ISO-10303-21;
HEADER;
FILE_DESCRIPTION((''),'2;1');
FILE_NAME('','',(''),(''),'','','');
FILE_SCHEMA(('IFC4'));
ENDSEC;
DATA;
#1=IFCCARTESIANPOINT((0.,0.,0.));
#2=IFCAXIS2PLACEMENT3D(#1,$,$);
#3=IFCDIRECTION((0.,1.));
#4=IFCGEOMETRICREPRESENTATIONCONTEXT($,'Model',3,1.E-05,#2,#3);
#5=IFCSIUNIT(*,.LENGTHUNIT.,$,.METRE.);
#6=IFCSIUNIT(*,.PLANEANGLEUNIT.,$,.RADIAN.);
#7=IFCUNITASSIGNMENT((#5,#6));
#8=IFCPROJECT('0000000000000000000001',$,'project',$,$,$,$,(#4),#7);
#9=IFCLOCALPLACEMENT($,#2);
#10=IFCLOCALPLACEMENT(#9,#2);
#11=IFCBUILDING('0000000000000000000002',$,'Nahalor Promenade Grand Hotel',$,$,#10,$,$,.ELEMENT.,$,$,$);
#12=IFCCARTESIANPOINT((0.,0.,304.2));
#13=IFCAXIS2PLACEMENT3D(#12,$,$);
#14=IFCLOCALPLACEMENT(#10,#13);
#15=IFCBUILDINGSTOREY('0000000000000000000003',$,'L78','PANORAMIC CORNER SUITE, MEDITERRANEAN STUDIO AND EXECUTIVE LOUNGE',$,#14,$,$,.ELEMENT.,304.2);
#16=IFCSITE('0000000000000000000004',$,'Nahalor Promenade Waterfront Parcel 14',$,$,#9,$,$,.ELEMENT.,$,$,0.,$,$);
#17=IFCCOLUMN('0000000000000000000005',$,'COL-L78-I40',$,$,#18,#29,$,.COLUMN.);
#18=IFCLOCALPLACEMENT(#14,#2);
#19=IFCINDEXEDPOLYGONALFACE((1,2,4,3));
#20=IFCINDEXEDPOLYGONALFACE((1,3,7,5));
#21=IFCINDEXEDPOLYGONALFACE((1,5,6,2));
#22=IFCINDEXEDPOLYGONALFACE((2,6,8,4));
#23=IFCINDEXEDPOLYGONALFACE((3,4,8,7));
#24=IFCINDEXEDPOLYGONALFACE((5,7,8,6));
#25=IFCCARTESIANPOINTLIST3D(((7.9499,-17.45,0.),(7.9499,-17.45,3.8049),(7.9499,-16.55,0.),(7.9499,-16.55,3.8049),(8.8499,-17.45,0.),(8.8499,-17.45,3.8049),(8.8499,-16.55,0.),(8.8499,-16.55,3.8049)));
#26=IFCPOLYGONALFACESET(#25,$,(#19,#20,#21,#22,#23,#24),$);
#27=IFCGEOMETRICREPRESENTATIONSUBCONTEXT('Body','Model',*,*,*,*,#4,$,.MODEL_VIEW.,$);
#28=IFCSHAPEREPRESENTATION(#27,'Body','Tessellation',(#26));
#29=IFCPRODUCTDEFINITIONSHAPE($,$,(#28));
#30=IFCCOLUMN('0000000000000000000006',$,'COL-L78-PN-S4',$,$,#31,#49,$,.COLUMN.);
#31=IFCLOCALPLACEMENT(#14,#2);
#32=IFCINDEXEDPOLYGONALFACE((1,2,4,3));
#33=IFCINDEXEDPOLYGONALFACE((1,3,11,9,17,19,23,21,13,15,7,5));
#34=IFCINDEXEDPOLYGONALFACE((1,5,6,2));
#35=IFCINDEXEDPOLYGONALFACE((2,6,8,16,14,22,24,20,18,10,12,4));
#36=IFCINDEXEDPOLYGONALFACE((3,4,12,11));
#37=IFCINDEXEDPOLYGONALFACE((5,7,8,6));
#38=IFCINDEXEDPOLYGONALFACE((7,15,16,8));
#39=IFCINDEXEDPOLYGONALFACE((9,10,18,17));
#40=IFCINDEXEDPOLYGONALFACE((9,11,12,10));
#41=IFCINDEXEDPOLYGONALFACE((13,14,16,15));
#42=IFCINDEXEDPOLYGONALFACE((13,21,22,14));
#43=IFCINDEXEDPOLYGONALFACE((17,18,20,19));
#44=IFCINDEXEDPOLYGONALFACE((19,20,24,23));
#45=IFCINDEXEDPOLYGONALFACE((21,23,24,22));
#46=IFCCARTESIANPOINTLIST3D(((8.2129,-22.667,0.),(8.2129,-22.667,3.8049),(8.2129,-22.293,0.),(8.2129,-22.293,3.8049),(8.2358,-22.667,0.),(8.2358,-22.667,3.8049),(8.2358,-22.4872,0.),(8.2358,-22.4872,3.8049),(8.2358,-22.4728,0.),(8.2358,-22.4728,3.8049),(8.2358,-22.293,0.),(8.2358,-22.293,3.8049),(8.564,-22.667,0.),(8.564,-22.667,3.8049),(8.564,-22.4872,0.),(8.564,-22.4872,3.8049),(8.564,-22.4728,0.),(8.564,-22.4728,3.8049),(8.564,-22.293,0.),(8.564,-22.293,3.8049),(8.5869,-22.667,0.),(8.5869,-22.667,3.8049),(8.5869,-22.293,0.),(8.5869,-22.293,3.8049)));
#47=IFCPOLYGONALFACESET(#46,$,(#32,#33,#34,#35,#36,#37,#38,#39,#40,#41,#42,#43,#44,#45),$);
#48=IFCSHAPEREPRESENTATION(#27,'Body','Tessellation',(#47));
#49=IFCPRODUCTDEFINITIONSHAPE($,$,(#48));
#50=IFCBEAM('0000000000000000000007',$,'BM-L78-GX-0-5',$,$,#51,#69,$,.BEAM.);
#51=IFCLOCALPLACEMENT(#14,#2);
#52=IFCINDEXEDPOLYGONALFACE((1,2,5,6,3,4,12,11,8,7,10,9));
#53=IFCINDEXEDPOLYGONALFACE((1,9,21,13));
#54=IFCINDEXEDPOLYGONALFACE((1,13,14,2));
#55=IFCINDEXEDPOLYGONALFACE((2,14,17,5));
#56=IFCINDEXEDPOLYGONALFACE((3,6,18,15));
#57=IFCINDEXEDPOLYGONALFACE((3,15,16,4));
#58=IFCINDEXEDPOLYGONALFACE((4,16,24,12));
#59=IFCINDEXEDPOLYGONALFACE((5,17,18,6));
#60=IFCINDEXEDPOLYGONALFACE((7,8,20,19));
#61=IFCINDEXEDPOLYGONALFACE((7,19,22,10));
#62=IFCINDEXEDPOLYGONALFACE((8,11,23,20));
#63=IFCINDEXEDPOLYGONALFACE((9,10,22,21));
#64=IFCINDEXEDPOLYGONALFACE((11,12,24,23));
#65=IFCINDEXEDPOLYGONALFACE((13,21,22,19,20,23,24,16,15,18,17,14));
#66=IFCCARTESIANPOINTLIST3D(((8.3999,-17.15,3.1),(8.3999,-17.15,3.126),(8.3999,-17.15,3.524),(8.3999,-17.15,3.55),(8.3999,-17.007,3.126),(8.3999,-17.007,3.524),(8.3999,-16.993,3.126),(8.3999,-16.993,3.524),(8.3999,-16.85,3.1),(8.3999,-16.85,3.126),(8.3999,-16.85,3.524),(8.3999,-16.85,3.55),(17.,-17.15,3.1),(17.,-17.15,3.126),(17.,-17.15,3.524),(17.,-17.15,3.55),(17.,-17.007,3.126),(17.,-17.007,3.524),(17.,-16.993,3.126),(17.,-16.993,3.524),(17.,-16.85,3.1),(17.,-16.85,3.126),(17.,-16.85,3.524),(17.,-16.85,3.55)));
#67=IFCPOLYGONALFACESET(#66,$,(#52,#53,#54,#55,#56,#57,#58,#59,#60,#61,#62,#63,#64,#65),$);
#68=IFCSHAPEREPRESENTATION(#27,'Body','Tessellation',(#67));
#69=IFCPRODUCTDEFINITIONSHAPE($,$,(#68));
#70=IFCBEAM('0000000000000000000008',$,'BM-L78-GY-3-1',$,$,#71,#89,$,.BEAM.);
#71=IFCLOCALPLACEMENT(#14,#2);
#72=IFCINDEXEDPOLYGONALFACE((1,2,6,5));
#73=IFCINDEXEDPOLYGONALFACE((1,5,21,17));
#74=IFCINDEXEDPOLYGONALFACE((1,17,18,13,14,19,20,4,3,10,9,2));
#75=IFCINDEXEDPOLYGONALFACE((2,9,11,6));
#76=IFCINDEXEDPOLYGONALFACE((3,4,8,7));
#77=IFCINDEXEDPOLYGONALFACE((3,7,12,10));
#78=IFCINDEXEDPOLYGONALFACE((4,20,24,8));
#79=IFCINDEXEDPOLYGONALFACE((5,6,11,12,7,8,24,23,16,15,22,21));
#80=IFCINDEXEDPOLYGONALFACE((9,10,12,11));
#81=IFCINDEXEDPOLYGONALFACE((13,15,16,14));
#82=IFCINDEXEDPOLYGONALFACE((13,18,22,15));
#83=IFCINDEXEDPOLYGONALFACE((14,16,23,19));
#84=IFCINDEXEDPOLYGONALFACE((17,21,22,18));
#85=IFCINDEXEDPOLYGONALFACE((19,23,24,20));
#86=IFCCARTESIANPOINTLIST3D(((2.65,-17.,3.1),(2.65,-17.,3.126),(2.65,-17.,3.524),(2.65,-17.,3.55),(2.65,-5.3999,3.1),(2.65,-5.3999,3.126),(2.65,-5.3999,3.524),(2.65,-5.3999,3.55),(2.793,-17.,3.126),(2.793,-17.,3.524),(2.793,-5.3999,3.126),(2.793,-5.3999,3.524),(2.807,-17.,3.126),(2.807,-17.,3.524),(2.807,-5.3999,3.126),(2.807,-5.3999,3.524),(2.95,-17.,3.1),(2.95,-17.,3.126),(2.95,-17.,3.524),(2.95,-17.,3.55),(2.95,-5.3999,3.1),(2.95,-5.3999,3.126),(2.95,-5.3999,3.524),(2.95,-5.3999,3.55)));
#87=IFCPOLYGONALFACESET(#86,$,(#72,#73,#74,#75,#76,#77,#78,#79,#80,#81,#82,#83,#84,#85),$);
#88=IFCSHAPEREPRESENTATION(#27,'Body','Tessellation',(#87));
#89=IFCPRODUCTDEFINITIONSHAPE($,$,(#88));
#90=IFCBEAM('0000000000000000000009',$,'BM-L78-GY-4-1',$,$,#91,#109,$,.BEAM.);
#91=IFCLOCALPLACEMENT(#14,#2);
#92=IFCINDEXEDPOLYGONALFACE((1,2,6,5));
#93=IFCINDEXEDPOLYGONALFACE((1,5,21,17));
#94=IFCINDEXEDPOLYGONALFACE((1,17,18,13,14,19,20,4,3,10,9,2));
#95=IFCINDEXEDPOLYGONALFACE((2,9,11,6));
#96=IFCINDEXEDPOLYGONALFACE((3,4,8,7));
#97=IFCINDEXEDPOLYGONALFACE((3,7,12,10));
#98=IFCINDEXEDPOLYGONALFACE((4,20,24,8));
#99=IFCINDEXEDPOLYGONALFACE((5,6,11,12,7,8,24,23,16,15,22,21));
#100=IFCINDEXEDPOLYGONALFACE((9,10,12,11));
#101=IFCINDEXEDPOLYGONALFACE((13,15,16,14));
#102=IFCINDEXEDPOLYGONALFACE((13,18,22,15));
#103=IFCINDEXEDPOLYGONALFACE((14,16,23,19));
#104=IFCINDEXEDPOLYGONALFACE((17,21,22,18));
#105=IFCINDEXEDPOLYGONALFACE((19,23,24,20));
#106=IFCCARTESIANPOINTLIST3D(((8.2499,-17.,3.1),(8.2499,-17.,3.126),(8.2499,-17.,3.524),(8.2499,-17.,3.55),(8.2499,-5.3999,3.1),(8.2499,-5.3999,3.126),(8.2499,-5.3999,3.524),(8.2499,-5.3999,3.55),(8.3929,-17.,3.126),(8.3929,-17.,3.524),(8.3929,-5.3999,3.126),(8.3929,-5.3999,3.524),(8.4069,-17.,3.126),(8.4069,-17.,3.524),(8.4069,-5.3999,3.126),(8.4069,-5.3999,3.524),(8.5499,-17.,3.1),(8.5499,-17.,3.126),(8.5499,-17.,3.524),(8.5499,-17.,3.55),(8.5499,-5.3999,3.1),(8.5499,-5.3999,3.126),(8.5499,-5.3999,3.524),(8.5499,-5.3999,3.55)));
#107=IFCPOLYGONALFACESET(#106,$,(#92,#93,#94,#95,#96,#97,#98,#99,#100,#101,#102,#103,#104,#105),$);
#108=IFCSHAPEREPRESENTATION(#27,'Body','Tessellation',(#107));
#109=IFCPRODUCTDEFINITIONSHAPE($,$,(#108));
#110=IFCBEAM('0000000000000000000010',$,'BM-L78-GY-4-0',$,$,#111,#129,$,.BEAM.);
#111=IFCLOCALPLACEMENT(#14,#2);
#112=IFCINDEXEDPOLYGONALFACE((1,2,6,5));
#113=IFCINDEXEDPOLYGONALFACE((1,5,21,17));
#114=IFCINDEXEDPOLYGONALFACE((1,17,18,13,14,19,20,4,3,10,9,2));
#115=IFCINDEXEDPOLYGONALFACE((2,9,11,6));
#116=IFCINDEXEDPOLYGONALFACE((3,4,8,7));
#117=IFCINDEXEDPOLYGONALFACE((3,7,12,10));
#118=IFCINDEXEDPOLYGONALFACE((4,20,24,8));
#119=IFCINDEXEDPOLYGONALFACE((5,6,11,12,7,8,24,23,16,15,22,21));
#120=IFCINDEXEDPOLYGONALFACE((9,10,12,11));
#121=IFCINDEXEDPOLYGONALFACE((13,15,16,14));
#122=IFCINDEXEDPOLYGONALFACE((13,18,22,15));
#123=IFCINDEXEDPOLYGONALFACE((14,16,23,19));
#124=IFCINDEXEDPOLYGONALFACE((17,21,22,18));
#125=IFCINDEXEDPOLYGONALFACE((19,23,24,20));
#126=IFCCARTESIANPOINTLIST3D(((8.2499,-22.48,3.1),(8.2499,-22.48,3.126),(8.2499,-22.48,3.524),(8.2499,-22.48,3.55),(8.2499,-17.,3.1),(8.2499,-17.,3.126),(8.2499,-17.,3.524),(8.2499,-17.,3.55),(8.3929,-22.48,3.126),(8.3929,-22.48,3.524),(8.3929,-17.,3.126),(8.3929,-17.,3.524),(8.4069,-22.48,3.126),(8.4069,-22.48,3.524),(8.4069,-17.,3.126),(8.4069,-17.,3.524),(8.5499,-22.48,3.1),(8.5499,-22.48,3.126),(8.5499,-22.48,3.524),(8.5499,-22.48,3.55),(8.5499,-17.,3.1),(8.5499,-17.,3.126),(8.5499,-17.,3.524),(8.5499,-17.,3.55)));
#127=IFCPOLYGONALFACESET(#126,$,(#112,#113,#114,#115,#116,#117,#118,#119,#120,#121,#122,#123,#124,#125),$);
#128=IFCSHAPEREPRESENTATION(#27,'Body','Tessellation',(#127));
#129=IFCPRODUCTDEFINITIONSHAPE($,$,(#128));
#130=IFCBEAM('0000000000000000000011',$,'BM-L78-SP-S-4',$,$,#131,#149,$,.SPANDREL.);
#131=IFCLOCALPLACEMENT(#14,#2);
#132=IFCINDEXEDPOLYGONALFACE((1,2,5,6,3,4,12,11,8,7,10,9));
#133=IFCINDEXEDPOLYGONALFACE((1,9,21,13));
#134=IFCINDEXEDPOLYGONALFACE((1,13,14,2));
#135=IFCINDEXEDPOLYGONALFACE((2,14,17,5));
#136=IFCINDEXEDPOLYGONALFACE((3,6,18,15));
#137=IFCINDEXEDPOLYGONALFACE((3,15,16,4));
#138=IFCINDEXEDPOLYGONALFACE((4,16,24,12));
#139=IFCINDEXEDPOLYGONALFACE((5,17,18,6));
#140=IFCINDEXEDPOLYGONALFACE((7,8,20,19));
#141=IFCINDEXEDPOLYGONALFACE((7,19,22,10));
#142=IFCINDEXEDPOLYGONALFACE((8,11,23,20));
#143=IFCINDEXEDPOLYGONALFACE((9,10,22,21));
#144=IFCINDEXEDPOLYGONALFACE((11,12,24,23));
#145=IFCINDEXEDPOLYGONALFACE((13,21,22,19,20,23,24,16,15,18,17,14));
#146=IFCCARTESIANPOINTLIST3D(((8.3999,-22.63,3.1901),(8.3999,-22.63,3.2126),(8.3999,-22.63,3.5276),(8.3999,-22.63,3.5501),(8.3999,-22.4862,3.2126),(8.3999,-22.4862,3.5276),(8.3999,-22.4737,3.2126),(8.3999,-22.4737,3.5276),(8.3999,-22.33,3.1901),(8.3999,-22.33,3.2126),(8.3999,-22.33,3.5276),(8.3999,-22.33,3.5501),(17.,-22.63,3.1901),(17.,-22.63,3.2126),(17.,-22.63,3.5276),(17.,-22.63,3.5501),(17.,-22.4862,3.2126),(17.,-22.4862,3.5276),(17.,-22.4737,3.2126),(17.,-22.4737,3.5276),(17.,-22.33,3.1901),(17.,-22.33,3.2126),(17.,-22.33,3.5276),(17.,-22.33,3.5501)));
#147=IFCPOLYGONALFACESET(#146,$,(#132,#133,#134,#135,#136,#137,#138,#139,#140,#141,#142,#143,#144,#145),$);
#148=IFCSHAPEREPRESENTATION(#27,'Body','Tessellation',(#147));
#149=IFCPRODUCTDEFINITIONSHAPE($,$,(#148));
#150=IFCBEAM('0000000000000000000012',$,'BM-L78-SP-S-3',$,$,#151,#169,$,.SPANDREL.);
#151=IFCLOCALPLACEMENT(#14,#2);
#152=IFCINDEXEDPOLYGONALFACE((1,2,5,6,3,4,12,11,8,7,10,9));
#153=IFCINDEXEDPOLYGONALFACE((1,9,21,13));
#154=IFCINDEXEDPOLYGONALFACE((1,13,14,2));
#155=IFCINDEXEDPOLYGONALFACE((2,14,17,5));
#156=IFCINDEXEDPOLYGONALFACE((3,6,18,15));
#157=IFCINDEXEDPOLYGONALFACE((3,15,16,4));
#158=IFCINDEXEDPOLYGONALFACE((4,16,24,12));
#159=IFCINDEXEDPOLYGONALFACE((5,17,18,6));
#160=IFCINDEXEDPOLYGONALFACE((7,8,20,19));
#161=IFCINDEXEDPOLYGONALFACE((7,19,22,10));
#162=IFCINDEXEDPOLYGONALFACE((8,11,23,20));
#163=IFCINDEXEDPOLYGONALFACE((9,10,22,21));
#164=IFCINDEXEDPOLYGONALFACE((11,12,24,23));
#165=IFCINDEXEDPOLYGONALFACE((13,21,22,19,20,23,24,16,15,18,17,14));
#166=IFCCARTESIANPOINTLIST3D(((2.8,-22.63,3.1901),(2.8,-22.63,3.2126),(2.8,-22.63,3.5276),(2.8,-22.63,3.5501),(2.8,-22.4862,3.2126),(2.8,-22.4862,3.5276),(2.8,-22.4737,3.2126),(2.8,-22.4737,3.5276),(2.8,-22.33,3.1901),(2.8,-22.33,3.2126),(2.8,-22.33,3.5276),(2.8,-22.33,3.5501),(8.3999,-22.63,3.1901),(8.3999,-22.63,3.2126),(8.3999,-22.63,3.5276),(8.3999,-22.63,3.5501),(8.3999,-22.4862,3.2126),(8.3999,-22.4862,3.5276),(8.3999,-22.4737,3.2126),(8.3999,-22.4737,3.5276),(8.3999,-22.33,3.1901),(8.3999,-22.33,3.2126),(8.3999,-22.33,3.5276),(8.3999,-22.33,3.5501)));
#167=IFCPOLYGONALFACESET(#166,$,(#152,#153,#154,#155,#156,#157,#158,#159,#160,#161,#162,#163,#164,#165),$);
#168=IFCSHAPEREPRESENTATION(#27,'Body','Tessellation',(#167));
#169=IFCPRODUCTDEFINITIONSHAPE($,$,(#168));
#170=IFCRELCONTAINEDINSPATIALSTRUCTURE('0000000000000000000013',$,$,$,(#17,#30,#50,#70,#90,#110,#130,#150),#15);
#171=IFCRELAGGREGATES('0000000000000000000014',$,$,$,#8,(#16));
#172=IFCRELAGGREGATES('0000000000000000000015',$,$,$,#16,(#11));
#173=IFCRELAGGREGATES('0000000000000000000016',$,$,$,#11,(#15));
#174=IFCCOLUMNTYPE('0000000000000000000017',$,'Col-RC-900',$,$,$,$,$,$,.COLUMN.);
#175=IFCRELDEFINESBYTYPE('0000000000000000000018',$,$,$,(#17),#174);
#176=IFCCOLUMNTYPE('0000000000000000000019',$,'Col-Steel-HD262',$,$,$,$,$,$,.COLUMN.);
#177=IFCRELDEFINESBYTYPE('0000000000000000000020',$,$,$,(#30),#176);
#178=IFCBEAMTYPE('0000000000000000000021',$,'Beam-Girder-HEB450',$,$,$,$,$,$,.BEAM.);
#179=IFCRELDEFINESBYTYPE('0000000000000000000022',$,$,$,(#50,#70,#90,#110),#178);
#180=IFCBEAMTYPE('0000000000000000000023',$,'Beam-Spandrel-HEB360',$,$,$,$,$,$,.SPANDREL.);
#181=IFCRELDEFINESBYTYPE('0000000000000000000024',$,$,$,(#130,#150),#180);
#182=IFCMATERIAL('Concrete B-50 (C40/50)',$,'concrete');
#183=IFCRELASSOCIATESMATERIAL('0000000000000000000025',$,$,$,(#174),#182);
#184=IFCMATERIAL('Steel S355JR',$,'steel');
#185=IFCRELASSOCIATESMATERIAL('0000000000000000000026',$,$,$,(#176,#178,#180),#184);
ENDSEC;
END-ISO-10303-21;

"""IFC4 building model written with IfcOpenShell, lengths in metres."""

from ifc_helpers import new_model, si_unit, direction, frame, origin, origin_2d, place, context, subcontext, project, spatial, rectangle, i_section, extrude, source, transform, mapped, material, material_profile, profile_set, type_object, element, save


model = new_model("IFC4")

# Units and contexts
model_context = context("Model", 3, precision=1e-05, world=origin(), true_north=direction((0.0, 1.0)))
body_context = subcontext(model_context, "Body", "Model", "MODEL_VIEW")
ifc_project = project(units=[si_unit("LENGTHUNIT", "METRE"), si_unit("PLANEANGLEUNIT", "RADIAN")], contexts=[model_context])

# Site, building, storey
site_placement = place(None, origin())
site = spatial("IfcSite", under=ifc_project, at=site_placement, Name="Nahalor Promenade Waterfront Parcel 14", CompositionType="ELEMENT", RefElevation=0.0)
building_placement = place(site_placement, origin())
building = spatial("IfcBuilding", under=site, at=building_placement, Name="Nahalor Promenade Grand Hotel", CompositionType="ELEMENT")
storey_placement = place(building_placement, frame((0.0, 0.0, 304.2)))
storey = spatial("IfcBuildingStorey", under=building, at=storey_placement, Name="L78", Description="PANORAMIC CORNER SUITE, MEDITERRANEAN STUDIO AND EXECUTIVE LOUNGE", CompositionType="ELEMENT", Elevation=304.2)

# Columns
ifc_material_1 = material(Name="Concrete B-50 (C40/50)", Category="concrete")
ifc_material_profile_1 = material_profile(ifc_material_1, rectangle(XDim=0.9, YDim=0.9, at=origin_2d()), Name="RC 900x900")
ifc_profile_set_1 = profile_set([ifc_material_profile_1], Name="Concrete B-50 (C40/50)")
column_type_1 = type_object("IfcColumnType", Name="Col-RC-900", PredefinedType="COLUMN", material=ifc_profile_set_1)
shared_shape_1 = source(origin(), body_context, "Body", "SweptSolid", [
    extrude(rectangle(XDim=0.9, YDim=0.9, at=origin_2d()), origin(), (0.0, 0.0, 1.0), 3.8049),
])
column_1_placement = place(storey_placement, frame((8.3999, -17.0, 0.0), z_axis=(0.0, 0.0, 1.0), x_axis=(1.0, 0.0, 0.0)))
element("IfcColumn", 1, at=column_1_placement, inside=storey, type_object=column_type_1, Name="COL-L78-I40", PredefinedType="COLUMN", context=body_context, shape_type="MappedRepresentation", body=[
    mapped(shared_shape_1, transform((0.0, 0.0, 0.0), scale=1.0)),
])
ifc_material_2 = material(Name="Steel S355JR", Category="steel")
ifc_material_profile_2 = material_profile(ifc_material_2, i_section(OverallWidth=0.374, OverallDepth=0.374, WebThickness=0.0144, FlangeThickness=0.0229, at=origin_2d()), Name="HD 360x262")
ifc_profile_set_2 = profile_set([ifc_material_profile_2], Name="Steel S355JR")
column_type_2 = type_object("IfcColumnType", Name="Col-Steel-HD262", PredefinedType="COLUMN", material=ifc_profile_set_2)
shared_shape_2 = source(origin(), body_context, "Body", "SweptSolid", [
    extrude(i_section(OverallWidth=0.374, OverallDepth=0.374, WebThickness=0.0144, FlangeThickness=0.0229, at=origin_2d()), origin(), (0.0, 0.0, 1.0), 3.8049),
])
column_2_placement = place(storey_placement, frame((8.3999, -22.48, 0.0), z_axis=(0.0, 0.0, 1.0), x_axis=(0.0, 1.0, 0.0)))
element("IfcColumn", 2, at=column_2_placement, inside=storey, type_object=column_type_2, Name="COL-L78-PN-S4", PredefinedType="COLUMN", context=body_context, shape_type="MappedRepresentation", body=[
    mapped(shared_shape_2, transform((0.0, 0.0, 0.0), scale=1.0)),
])

# Beams
ifc_material_profile_3 = material_profile(ifc_material_2, i_section(OverallWidth=0.3, OverallDepth=0.45, WebThickness=0.014, FlangeThickness=0.026, at=origin_2d()), Name="HEB 450")
ifc_profile_set_3 = profile_set([ifc_material_profile_3], Name="Steel S355JR")
beam_type_1 = type_object("IfcBeamType", Name="Beam-Girder-HEB450", PredefinedType="BEAM", material=ifc_profile_set_3)
shared_shape_3 = source(origin(), body_context, "Body", "SweptSolid", [
    extrude(i_section(OverallWidth=0.3, OverallDepth=0.45, WebThickness=0.014, FlangeThickness=0.026, at=origin_2d()), origin(), (0.0, 0.0, 1.0), 8.6001),
])
beam_1_placement = place(storey_placement, frame((8.3999, -17.0, 3.325), z_axis=(1.0, 0.0, 0.0), x_axis=(0.0, 1.0, 0.0)))
element("IfcBeam", 3, at=beam_1_placement, inside=storey, type_object=beam_type_1, Name="BM-L78-GX-0-5", PredefinedType="BEAM", context=body_context, shape_type="MappedRepresentation", body=[
    mapped(shared_shape_3, transform((0.0, 0.0, 0.0), scale=1.0)),
])
shared_shape_4 = source(origin(), body_context, "Body", "SweptSolid", [
    extrude(i_section(OverallWidth=0.3, OverallDepth=0.45, WebThickness=0.014, FlangeThickness=0.026, at=origin_2d()), origin(), (0.0, 0.0, 1.0), 11.6001),
])
for number, where, z_axis, x_axis, name in (
    (4, (2.8, -17.0, 3.325), (0.0, 1.0, 0.0), (-1.0, 0.0, 0.0), "BM-L78-GY-3-1"),
    (5, (8.3999, -17.0, 3.325), (0.0, 1.0, 0.0), (-1.0, 0.0, 0.0), "BM-L78-GY-4-1"),
):
    element("IfcBeam", number, at=place(storey_placement, frame(where, z_axis=z_axis, x_axis=x_axis)), inside=storey, type_object=beam_type_1, Name=name, PredefinedType="BEAM", context=body_context, shape_type="MappedRepresentation", body=[
        mapped(shared_shape_4, transform((0.0, 0.0, 0.0), scale=1.0)),
    ])
shared_shape_5 = source(origin(), body_context, "Body", "SweptSolid", [
    extrude(i_section(OverallWidth=0.3, OverallDepth=0.45, WebThickness=0.014, FlangeThickness=0.026, at=origin_2d()), origin(), (0.0, 0.0, 1.0), 5.48),
])
beam_2_placement = place(storey_placement, frame((8.3999, -22.48, 3.325), z_axis=(0.0, 1.0, 0.0), x_axis=(-1.0, 0.0, 0.0)))
element("IfcBeam", 6, at=beam_2_placement, inside=storey, type_object=beam_type_1, Name="BM-L78-GY-4-0", PredefinedType="BEAM", context=body_context, shape_type="MappedRepresentation", body=[
    mapped(shared_shape_5, transform((0.0, 0.0, 0.0), scale=1.0)),
])
ifc_material_profile_4 = material_profile(ifc_material_2, i_section(OverallWidth=0.3, OverallDepth=0.36, WebThickness=0.0125, FlangeThickness=0.0225, at=origin_2d()), Name="HEB 360")
ifc_profile_set_4 = profile_set([ifc_material_profile_4], Name="Steel S355JR")
beam_type_2 = type_object("IfcBeamType", Name="Beam-Spandrel-HEB360", PredefinedType="SPANDREL", material=ifc_profile_set_4)
shared_shape_6 = source(origin(), body_context, "Body", "SweptSolid", [
    extrude(i_section(OverallWidth=0.3, OverallDepth=0.36, WebThickness=0.0125, FlangeThickness=0.0225, at=origin_2d()), origin(), (0.0, 0.0, 1.0), 8.6001),
])
beam_3_placement = place(storey_placement, frame((8.3999, -22.48, 3.3701), z_axis=(1.0, 0.0, 0.0), x_axis=(0.0, 1.0, 0.0)))
element("IfcBeam", 7, at=beam_3_placement, inside=storey, type_object=beam_type_2, Name="BM-L78-SP-S-4", PredefinedType="SPANDREL", context=body_context, shape_type="MappedRepresentation", body=[
    mapped(shared_shape_6, transform((0.0, 0.0, 0.0), scale=1.0)),
])
shared_shape_7 = source(origin(), body_context, "Body", "SweptSolid", [
    extrude(i_section(OverallWidth=0.3, OverallDepth=0.36, WebThickness=0.0125, FlangeThickness=0.0225, at=origin_2d()), origin(), (0.0, 0.0, 1.0), 5.5999),
])
beam_4_placement = place(storey_placement, frame((2.8, -22.48, 3.3701), z_axis=(1.0, 0.0, 0.0), x_axis=(0.0, 1.0, 0.0)))
element("IfcBeam", 8, at=beam_4_placement, inside=storey, type_object=beam_type_2, Name="BM-L78-SP-S-3", PredefinedType="SPANDREL", context=body_context, shape_type="MappedRepresentation", body=[
    mapped(shared_shape_7, transform((0.0, 0.0, 0.0), scale=1.0)),
])

save(model, "model.ifc")
